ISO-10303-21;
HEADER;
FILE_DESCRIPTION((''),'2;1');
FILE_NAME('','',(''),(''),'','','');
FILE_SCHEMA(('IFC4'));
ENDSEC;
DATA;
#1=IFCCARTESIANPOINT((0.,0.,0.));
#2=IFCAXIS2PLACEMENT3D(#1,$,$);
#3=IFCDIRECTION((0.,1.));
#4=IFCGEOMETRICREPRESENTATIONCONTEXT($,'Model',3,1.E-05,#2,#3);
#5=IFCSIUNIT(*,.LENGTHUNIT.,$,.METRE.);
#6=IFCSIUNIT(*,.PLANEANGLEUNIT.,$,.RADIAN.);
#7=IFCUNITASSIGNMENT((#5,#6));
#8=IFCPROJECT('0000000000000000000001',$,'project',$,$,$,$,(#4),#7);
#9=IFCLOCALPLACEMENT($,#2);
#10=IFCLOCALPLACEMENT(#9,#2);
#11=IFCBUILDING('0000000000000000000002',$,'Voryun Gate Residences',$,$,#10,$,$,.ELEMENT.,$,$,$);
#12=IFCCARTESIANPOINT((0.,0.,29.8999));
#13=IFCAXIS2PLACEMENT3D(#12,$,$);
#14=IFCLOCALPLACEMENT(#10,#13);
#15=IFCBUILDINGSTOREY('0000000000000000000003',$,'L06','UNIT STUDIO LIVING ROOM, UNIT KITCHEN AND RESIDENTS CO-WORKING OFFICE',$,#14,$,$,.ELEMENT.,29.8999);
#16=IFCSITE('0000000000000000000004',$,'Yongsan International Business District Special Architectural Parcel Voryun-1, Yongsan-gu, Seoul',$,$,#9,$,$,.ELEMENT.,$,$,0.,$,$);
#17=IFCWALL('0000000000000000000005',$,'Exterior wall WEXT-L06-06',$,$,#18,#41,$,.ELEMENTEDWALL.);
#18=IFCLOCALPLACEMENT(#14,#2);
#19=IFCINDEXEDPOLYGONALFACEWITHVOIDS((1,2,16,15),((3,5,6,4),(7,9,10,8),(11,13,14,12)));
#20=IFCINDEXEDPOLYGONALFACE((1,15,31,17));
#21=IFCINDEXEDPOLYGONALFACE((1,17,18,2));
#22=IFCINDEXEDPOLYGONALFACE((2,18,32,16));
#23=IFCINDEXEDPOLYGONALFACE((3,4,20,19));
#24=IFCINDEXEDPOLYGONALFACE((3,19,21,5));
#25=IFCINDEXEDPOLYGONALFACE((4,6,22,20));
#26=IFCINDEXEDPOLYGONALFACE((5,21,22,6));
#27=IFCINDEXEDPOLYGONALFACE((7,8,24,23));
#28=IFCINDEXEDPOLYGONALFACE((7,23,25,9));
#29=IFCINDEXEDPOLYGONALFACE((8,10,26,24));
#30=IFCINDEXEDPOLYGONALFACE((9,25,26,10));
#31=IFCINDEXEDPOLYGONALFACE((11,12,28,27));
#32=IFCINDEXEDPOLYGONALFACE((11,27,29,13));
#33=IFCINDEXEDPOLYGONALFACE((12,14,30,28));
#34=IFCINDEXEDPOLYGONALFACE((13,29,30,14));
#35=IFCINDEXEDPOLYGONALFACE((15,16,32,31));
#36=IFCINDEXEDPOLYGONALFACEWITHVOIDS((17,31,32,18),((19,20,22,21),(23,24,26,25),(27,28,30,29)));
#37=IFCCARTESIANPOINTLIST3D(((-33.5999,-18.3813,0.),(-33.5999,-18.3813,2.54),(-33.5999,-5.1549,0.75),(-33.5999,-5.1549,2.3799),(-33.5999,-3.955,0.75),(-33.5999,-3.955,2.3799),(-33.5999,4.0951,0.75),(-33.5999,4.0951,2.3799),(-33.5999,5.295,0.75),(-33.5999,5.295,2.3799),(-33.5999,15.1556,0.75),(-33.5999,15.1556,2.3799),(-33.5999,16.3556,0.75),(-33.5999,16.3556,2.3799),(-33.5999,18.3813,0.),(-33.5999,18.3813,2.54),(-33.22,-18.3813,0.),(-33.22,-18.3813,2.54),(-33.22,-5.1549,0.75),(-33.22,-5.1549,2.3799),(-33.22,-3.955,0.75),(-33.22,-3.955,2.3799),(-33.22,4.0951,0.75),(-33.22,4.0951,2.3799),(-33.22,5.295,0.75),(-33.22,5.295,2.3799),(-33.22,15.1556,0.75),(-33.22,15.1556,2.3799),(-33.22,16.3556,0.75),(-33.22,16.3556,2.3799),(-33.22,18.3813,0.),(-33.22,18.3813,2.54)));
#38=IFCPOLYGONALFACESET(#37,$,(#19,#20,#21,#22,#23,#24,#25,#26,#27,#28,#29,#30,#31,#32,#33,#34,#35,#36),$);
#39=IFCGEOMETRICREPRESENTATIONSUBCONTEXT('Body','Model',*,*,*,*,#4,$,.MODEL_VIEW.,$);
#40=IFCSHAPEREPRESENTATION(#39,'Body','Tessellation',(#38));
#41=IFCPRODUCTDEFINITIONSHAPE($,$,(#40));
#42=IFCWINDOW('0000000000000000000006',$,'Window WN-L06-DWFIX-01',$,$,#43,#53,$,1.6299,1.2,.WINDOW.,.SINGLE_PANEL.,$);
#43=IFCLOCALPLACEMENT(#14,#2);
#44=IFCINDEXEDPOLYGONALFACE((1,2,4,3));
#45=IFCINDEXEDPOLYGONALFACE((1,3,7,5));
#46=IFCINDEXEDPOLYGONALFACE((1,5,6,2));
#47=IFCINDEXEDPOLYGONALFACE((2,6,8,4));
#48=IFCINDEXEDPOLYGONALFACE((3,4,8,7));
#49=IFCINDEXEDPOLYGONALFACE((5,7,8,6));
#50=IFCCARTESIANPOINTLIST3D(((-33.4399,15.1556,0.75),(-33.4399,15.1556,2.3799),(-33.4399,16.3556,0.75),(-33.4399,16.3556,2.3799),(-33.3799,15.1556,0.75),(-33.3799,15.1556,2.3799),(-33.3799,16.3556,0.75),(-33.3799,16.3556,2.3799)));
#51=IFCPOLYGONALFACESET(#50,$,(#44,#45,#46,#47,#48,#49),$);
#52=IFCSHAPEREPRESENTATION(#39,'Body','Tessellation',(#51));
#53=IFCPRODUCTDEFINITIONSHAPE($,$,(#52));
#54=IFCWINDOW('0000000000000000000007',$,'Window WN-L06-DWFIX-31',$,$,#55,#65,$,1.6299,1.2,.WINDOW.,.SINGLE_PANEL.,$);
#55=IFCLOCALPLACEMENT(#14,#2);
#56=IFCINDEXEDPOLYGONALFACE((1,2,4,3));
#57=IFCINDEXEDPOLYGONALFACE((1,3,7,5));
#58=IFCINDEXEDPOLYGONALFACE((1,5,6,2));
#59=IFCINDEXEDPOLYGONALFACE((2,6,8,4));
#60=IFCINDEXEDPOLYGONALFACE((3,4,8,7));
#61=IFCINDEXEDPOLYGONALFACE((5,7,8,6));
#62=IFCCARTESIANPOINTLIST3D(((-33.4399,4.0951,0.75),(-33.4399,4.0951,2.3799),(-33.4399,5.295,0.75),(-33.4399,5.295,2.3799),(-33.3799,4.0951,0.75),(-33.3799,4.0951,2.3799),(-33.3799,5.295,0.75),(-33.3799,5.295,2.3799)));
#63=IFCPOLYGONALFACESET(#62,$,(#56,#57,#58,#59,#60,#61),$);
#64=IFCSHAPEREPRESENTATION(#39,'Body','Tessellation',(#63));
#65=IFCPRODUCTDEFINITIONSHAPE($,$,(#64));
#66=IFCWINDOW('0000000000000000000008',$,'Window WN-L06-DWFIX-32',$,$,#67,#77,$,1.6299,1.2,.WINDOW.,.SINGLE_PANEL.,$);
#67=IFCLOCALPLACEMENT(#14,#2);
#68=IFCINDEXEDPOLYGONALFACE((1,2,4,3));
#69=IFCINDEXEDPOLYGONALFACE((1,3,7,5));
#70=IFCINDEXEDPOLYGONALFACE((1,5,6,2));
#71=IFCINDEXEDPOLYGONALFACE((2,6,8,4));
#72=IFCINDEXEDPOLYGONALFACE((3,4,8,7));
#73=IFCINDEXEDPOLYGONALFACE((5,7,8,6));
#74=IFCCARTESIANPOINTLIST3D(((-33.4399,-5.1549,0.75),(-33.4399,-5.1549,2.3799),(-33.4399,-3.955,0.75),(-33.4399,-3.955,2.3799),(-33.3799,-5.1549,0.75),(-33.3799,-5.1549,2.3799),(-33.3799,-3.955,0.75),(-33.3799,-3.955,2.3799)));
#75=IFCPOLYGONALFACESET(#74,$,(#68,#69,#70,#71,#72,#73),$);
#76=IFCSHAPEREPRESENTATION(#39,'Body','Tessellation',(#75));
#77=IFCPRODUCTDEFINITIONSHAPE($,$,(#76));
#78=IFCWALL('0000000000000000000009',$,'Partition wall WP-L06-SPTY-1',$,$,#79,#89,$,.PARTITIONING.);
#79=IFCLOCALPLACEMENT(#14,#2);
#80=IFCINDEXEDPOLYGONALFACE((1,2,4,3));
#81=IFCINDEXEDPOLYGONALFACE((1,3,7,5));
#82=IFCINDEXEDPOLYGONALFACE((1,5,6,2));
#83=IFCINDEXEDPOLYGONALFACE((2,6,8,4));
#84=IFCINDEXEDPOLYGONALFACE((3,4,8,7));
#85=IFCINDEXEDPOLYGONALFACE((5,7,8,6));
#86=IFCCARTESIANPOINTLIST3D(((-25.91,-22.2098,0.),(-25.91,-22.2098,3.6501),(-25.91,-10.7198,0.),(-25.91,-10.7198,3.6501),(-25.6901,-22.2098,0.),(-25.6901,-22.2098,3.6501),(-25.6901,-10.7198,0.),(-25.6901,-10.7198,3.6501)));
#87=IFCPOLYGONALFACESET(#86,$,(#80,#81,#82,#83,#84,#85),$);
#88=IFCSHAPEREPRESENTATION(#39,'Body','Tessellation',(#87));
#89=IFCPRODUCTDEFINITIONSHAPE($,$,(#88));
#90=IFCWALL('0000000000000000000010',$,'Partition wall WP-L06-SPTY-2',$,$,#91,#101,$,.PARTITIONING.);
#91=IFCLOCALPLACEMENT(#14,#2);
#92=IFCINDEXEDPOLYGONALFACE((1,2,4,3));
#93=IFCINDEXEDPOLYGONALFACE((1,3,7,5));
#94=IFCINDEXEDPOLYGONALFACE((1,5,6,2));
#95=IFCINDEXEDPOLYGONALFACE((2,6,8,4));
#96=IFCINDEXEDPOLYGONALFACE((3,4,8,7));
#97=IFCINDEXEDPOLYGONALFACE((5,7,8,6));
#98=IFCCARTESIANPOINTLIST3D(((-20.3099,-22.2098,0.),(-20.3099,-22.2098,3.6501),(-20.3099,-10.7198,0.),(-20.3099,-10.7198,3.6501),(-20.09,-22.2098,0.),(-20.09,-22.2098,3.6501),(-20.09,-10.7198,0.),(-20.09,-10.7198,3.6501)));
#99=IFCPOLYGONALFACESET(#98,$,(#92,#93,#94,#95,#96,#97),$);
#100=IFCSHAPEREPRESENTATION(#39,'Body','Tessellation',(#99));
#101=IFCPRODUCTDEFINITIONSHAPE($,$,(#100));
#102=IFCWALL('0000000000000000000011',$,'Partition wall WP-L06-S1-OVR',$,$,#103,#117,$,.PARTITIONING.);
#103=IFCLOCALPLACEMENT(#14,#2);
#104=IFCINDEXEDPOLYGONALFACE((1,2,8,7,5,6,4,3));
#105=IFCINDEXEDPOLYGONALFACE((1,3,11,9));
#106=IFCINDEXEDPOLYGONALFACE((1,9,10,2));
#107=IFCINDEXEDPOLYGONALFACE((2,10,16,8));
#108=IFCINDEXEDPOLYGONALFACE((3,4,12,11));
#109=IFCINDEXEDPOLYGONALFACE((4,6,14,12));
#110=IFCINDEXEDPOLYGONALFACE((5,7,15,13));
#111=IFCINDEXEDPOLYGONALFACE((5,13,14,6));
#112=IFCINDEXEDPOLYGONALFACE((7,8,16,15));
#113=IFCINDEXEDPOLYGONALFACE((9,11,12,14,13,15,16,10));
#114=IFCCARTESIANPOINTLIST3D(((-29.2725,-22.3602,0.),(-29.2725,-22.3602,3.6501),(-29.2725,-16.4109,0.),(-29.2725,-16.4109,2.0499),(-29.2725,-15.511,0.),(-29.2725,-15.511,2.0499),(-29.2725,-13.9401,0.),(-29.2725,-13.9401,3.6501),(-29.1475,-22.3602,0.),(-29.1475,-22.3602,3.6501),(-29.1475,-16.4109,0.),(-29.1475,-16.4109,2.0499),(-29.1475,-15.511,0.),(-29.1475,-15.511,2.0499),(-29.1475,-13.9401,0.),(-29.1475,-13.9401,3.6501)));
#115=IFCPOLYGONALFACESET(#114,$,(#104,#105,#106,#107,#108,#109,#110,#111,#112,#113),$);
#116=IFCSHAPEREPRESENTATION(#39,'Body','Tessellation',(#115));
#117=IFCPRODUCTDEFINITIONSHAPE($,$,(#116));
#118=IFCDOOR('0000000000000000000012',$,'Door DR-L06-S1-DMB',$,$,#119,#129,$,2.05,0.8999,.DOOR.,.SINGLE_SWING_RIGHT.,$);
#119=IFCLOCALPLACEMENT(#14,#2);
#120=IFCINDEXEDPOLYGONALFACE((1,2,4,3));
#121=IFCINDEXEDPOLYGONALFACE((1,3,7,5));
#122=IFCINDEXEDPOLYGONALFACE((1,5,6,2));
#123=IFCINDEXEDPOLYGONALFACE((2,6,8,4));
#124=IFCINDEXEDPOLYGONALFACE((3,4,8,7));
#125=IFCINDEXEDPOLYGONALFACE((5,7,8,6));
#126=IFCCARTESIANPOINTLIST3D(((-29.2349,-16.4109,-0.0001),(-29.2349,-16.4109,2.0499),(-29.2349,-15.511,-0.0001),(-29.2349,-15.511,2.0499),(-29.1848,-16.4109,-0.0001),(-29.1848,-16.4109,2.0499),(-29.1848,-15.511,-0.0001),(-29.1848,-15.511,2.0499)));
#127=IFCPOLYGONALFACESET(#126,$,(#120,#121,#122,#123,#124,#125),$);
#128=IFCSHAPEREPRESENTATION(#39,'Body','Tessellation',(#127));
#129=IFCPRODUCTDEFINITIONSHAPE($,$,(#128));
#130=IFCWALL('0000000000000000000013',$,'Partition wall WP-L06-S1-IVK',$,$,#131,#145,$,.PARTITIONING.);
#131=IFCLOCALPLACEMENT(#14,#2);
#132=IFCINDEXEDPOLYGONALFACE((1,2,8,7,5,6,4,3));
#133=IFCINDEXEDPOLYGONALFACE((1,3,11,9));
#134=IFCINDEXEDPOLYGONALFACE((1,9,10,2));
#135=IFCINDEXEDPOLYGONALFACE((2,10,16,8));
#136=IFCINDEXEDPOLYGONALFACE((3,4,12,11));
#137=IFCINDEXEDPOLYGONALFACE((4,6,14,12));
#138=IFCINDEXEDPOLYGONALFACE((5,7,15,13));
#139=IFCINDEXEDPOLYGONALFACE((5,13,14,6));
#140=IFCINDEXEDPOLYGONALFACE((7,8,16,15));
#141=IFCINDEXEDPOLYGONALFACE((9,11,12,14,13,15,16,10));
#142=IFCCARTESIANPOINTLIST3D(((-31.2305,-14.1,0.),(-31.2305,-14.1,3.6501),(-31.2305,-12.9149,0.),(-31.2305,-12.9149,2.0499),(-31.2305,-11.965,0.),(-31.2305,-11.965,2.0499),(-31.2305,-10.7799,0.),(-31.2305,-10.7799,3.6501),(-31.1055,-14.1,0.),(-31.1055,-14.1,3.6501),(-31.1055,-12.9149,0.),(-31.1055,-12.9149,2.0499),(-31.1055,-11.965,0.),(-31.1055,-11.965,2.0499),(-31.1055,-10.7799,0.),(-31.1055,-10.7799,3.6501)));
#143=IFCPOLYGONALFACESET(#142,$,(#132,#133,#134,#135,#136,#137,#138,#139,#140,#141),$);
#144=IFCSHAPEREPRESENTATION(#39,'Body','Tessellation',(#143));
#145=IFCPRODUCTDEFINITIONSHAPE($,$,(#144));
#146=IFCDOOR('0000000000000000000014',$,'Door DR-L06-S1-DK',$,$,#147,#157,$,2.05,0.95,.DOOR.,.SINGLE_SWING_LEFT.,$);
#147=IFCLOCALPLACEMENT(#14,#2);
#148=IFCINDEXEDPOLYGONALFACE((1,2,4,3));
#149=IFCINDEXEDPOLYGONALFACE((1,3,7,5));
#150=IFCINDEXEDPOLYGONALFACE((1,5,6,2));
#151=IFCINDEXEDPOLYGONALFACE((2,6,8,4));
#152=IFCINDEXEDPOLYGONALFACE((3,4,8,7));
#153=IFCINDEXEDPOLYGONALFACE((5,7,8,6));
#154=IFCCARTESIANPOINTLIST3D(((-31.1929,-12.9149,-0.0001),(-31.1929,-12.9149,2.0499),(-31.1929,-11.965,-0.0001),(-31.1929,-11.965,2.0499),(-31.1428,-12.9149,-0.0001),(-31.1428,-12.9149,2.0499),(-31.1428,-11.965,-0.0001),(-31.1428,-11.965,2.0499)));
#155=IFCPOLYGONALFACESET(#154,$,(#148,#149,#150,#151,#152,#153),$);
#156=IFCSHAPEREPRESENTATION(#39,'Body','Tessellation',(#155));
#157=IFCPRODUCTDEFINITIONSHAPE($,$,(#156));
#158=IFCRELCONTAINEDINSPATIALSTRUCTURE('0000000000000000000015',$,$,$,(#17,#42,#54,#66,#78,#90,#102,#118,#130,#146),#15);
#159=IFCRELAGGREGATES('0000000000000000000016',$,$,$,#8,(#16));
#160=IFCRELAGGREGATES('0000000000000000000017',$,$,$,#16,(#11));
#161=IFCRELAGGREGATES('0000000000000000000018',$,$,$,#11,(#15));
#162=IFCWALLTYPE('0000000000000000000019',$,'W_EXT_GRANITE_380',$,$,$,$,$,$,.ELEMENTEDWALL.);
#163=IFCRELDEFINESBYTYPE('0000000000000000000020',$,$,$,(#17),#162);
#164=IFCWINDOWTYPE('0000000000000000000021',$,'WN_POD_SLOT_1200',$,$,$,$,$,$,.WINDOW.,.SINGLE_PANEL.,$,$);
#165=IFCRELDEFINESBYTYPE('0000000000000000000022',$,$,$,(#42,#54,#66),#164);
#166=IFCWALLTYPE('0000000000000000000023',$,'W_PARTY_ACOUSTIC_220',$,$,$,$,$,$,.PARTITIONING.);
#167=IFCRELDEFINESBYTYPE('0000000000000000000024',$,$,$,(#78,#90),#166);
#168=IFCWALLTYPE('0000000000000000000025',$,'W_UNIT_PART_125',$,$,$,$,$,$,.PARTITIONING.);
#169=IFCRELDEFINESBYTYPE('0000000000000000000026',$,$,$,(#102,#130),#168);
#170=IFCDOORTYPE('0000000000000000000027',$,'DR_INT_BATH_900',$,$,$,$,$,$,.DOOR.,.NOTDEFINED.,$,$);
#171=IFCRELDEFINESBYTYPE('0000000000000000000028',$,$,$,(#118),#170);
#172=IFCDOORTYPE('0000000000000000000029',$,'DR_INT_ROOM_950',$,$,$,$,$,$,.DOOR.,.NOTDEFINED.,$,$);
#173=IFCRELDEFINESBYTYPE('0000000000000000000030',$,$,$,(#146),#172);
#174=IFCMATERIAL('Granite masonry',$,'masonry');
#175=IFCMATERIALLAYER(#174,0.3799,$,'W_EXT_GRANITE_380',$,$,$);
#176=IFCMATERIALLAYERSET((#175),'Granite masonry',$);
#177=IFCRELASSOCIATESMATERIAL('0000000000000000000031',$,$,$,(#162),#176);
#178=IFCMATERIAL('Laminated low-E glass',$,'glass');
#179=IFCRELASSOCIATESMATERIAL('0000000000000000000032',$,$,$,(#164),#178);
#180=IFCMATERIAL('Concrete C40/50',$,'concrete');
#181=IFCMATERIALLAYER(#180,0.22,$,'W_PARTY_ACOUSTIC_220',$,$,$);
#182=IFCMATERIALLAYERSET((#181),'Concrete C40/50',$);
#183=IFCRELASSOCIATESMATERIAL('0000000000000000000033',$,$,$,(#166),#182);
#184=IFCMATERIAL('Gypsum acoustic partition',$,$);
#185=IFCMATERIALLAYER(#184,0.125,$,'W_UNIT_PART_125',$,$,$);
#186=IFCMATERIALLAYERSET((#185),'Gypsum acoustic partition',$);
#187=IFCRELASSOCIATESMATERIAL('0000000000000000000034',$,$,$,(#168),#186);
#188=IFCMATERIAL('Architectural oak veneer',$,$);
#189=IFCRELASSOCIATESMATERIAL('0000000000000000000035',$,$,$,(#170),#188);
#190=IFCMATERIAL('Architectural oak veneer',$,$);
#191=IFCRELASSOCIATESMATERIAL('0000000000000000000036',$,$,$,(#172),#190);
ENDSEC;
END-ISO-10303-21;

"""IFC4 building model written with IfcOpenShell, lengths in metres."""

from ifc_helpers import new_model, si_unit, direction, frame, frame_2d, origin, place, context, subcontext, project, spatial, rectangle, extrude, material, layer, layer_set, type_object, element, fill, save


model = new_model("IFC4")

# Units and contexts
model_context = context("Model", 3, precision=1e-05, world=origin(), true_north=direction((0.0, 1.0)))
body_context = subcontext(model_context, "Body", "Model", "MODEL_VIEW")
ifc_project = project(units=[si_unit("LENGTHUNIT", "METRE"), si_unit("PLANEANGLEUNIT", "RADIAN")], contexts=[model_context])

# Site, building, storey
site_placement = place(None, origin())
site = spatial("IfcSite", under=ifc_project, at=site_placement, Name="Yongsan International Business District Special Architectural Parcel Voryun-1, Yongsan-gu, Seoul", CompositionType="ELEMENT", RefElevation=0.0)
building_placement = place(site_placement, origin())
building = spatial("IfcBuilding", under=site, at=building_placement, Name="Voryun Gate Residences", CompositionType="ELEMENT")
storey_placement = place(building_placement, frame((0.0, 0.0, 29.8999)))
storey = spatial("IfcBuildingStorey", under=building, at=storey_placement, Name="L06", Description="UNIT STUDIO LIVING ROOM, UNIT KITCHEN AND RESIDENTS CO-WORKING OFFICE", CompositionType="ELEMENT", Elevation=29.8999)

# Shared definitions
ifc_material_1 = material(Name="Granite masonry", Category="masonry")
ifc_layer_1 = layer(ifc_material_1, 0.3799, Name="W_EXT_GRANITE_380")
ifc_layer_set_1 = layer_set([ifc_layer_1], Name="Granite masonry")
wall_type_1 = type_object("IfcWallType", Name="W_EXT_GRANITE_380", PredefinedType="ELEMENTEDWALL", material=ifc_layer_set_1)

# Shared definitions
ifc_material_2 = material(Name="Laminated low-E glass", Category="glass")
window_type = type_object("IfcWindowType", Name="WN_POD_SLOT_1200", PartitioningType="SINGLE_PANEL", PredefinedType="WINDOW", material=ifc_material_2)

# Wall, openings, windows
wall_1_placement = place(storey_placement, frame((-33.4099, -18.3813, 0.0), z_axis=(0.0, 0.0, 1.0), x_axis=(0.0, 1.0, 0.0)))
wall_1 = element("IfcWall", 1, at=wall_1_placement, inside=storey, type_object=wall_type_1, Name="Exterior wall WEXT-L06-06", PredefinedType="ELEMENTEDWALL", context=body_context, shape_type="SweptSolid", body=[
    extrude(rectangle(XDim=36.7627, YDim=0.3799, at=frame_2d((18.3813, 0.0))), origin(), (0.0, 0.0, 1.0), 2.54),
])
opening_1_placement = place(wall_1_placement, frame((33.5369, 0.0, 0.75)))
opening_1 = element("IfcOpeningElement", 2, at=opening_1_placement, cuts=wall_1, PredefinedType="OPENING", context=body_context, shape_type="SweptSolid", body=[
    extrude(rectangle(XDim=1.2, YDim=1.6299, at=frame_2d((0.6001, 0.8149))), frame((0.0, 0.2, 0.0), z_axis=(0.0, -1.0, 0.0), x_axis=(1.0, 0.0, 0.0)), (0.0, 0.0, 1.0), 0.3999),
])
opening_2_placement = place(wall_1_placement, frame((22.4763, 0.0, 0.75)))
opening_2 = element("IfcOpeningElement", 3, at=opening_2_placement, cuts=wall_1, PredefinedType="OPENING", context=body_context, shape_type="SweptSolid", body=[
    extrude(rectangle(XDim=1.2, YDim=1.6299, at=frame_2d((0.6001, 0.8149))), frame((0.0, 0.2, 0.0), z_axis=(0.0, -1.0, 0.0), x_axis=(1.0, 0.0, 0.0)), (0.0, 0.0, 1.0), 0.3999),
])
opening_3_placement = place(wall_1_placement, frame((13.2263, 0.0, 0.75)))
opening_3 = element("IfcOpeningElement", 4, at=opening_3_placement, cuts=wall_1, PredefinedType="OPENING", context=body_context, shape_type="SweptSolid", body=[
    extrude(rectangle(XDim=1.2, YDim=1.6299, at=frame_2d((0.6001, 0.8149))), frame((0.0, 0.2, 0.0), z_axis=(0.0, -1.0, 0.0), x_axis=(1.0, 0.0, 0.0)), (0.0, 0.0, 1.0), 0.3999),
])
window_1_placement = place(opening_1_placement, origin())
window_1 = element("IfcWindow", 5, at=window_1_placement, inside=storey, type_object=window_type, Name="Window WN-L06-DWFIX-01", OverallHeight=1.6299, OverallWidth=1.2, PartitioningType="SINGLE_PANEL", PredefinedType="WINDOW", context=body_context, shape_type="SweptSolid", body=[
    extrude(rectangle(XDim=1.2, YDim=1.6299, at=frame_2d((0.6001, 0.8149))), frame((0.0, 0.03, 0.0), z_axis=(0.0, -1.0, 0.0), x_axis=(1.0, 0.0, 0.0)), (0.0, 0.0, 1.0), 0.0601),
])
fill(opening_1, window_1)
window_2_placement = place(opening_2_placement, origin())
window_2 = element("IfcWindow", 6, at=window_2_placement, inside=storey, type_object=window_type, Name="Window WN-L06-DWFIX-31", OverallHeight=1.6299, OverallWidth=1.2, PartitioningType="SINGLE_PANEL", PredefinedType="WINDOW", context=body_context, shape_type="SweptSolid", body=[
    extrude(rectangle(XDim=1.2, YDim=1.6299, at=frame_2d((0.6001, 0.8149))), frame((0.0, 0.03, 0.0), z_axis=(0.0, -1.0, 0.0), x_axis=(1.0, 0.0, 0.0)), (0.0, 0.0, 1.0), 0.0601),
])
fill(opening_2, window_2)
window_3_placement = place(opening_3_placement, origin())
window_3 = element("IfcWindow", 7, at=window_3_placement, inside=storey, type_object=window_type, Name="Window WN-L06-DWFIX-32", OverallHeight=1.6299, OverallWidth=1.2, PartitioningType="SINGLE_PANEL", PredefinedType="WINDOW", context=body_context, shape_type="SweptSolid", body=[
    extrude(rectangle(XDim=1.2, YDim=1.6299, at=frame_2d((0.6001, 0.8149))), frame((0.0, 0.03, 0.0), z_axis=(0.0, -1.0, 0.0), x_axis=(1.0, 0.0, 0.0)), (0.0, 0.0, 1.0), 0.0601),
])
fill(opening_3, window_3)

# Walls
ifc_material_3 = material(Name="Concrete C40/50", Category="concrete")
ifc_layer_2 = layer(ifc_material_3, 0.22, Name="W_PARTY_ACOUSTIC_220")
ifc_layer_set_2 = layer_set([ifc_layer_2], Name="Concrete C40/50")
wall_type_2 = type_object("IfcWallType", Name="W_PARTY_ACOUSTIC_220", PredefinedType="PARTITIONING", material=ifc_layer_set_2)
for number, where, z_axis, x_axis, name in (
    (8, (-25.8, -22.21, 0.0), (0.0, 0.0, 1.0), (0.0, 1.0, 0.0), "Partition wall WP-L06-SPTY-1"),
    (9, (-20.2, -22.21, 0.0), (0.0, 0.0, 1.0), (0.0, 1.0, 0.0), "Partition wall WP-L06-SPTY-2"),
):
    element("IfcWall", number, at=place(storey_placement, frame(where, z_axis=z_axis, x_axis=x_axis)), inside=storey, type_object=wall_type_2, Name=name, PredefinedType="PARTITIONING", context=body_context, shape_type="SweptSolid", body=[
        extrude(rectangle(XDim=11.49, YDim=0.22, at=frame_2d((5.7451, 0.0))), origin(), (0.0, 0.0, 1.0), 3.6501),
    ])

# Walls, openings, doors
ifc_material_4 = material(Name="Gypsum acoustic partition")
ifc_layer_3 = layer(ifc_material_4, 0.125, Name="W_UNIT_PART_125")
ifc_layer_set_3 = layer_set([ifc_layer_3], Name="Gypsum acoustic partition")
wall_type_3 = type_object("IfcWallType", Name="W_UNIT_PART_125", PredefinedType="PARTITIONING", material=ifc_layer_set_3)
wall_2_placement = place(storey_placement, frame((-29.21, -22.3601, 0.0), z_axis=(0.0, 0.0, 1.0), x_axis=(0.0, 1.0, 0.0)))
wall_2 = element("IfcWall", 10, at=wall_2_placement, inside=storey, type_object=wall_type_3, Name="Partition wall WP-L06-S1-OVR", PredefinedType="PARTITIONING", context=body_context, shape_type="SweptSolid", body=[
    extrude(rectangle(XDim=8.4202, YDim=0.125, at=frame_2d((4.21, 0.0))), origin(), (0.0, 0.0, 1.0), 3.6501),
])
opening_4_placement = place(wall_2_placement, frame((5.9492, 0.0, 0.0)))
opening_4 = element("IfcOpeningElement", 11, at=opening_4_placement, cuts=wall_2, PredefinedType="OPENING", context=body_context, shape_type="SweptSolid", body=[
    extrude(rectangle(XDim=0.8999, YDim=2.05, at=frame_2d((0.45, 1.0249))), frame((0.0, 0.0725, 0.0), z_axis=(0.0, -1.0, 0.0), x_axis=(1.0, 0.0, 0.0)), (0.0, 0.0, 1.0), 0.145),
])
ifc_material_5 = material(Name="Architectural oak veneer")
door_type_1 = type_object("IfcDoorType", Name="DR_INT_BATH_900", OperationType="NOTDEFINED", PredefinedType="DOOR", material=ifc_material_5)
door_1_placement = place(opening_4_placement, origin())
door_1 = element("IfcDoor", 12, at=door_1_placement, inside=storey, type_object=door_type_1, Name="Door DR-L06-S1-DMB", OperationType="SINGLE_SWING_RIGHT", OverallHeight=2.05, OverallWidth=0.8999, PredefinedType="DOOR", context=body_context, shape_type="SweptSolid", body=[
    extrude(rectangle(XDim=0.8999, YDim=2.05, at=frame_2d((0.45, 1.0249))), frame((0.0, 0.0249, 0.0), z_axis=(0.0, -1.0, 0.0), x_axis=(1.0, 0.0, 0.0)), (0.0, 0.0, 1.0), 0.05),
])
fill(opening_4, door_1)
wall_3_placement = place(storey_placement, frame((-31.168, -14.1001, 0.0), z_axis=(0.0, 0.0, 1.0), x_axis=(0.0, 1.0, 0.0)))
wall_3 = element("IfcWall", 13, at=wall_3_placement, inside=storey, type_object=wall_type_3, Name="Partition wall WP-L06-S1-IVK", PredefinedType="PARTITIONING", context=body_context, shape_type="SweptSolid", body=[
    extrude(rectangle(XDim=3.3201, YDim=0.125, at=frame_2d((1.6602, 0.0))), origin(), (0.0, 0.0, 1.0), 3.6501),
])
opening_5_placement = place(wall_3_placement, frame((1.1851, 0.0, 0.0)))
opening_5 = element("IfcOpeningElement", 14, at=opening_5_placement, cuts=wall_3, PredefinedType="OPENING", context=body_context, shape_type="SweptSolid", body=[
    extrude(rectangle(XDim=0.95, YDim=2.05, at=frame_2d((0.4751, 1.0249))), frame((0.0, 0.0725, 0.0), z_axis=(0.0, -1.0, 0.0), x_axis=(1.0, 0.0, 0.0)), (0.0, 0.0, 1.0), 0.145),
])
ifc_material_6 = material(Name="Architectural oak veneer")
door_type_2 = type_object("IfcDoorType", Name="DR_INT_ROOM_950", OperationType="NOTDEFINED", PredefinedType="DOOR", material=ifc_material_6)
door_2_placement = place(opening_5_placement, origin())
door_2 = element("IfcDoor", 15, at=door_2_placement, inside=storey, type_object=door_type_2, Name="Door DR-L06-S1-DK", OperationType="SINGLE_SWING_LEFT", OverallHeight=2.05, OverallWidth=0.95, PredefinedType="DOOR", context=body_context, shape_type="SweptSolid", body=[
    extrude(rectangle(XDim=0.95, YDim=2.05, at=frame_2d((0.4751, 1.0249))), frame((0.0, 0.0249, 0.0), z_axis=(0.0, -1.0, 0.0), x_axis=(1.0, 0.0, 0.0)), (0.0, 0.0, 1.0), 0.05),
])
fill(opening_5, door_2)

save(model, "model.ifc")
